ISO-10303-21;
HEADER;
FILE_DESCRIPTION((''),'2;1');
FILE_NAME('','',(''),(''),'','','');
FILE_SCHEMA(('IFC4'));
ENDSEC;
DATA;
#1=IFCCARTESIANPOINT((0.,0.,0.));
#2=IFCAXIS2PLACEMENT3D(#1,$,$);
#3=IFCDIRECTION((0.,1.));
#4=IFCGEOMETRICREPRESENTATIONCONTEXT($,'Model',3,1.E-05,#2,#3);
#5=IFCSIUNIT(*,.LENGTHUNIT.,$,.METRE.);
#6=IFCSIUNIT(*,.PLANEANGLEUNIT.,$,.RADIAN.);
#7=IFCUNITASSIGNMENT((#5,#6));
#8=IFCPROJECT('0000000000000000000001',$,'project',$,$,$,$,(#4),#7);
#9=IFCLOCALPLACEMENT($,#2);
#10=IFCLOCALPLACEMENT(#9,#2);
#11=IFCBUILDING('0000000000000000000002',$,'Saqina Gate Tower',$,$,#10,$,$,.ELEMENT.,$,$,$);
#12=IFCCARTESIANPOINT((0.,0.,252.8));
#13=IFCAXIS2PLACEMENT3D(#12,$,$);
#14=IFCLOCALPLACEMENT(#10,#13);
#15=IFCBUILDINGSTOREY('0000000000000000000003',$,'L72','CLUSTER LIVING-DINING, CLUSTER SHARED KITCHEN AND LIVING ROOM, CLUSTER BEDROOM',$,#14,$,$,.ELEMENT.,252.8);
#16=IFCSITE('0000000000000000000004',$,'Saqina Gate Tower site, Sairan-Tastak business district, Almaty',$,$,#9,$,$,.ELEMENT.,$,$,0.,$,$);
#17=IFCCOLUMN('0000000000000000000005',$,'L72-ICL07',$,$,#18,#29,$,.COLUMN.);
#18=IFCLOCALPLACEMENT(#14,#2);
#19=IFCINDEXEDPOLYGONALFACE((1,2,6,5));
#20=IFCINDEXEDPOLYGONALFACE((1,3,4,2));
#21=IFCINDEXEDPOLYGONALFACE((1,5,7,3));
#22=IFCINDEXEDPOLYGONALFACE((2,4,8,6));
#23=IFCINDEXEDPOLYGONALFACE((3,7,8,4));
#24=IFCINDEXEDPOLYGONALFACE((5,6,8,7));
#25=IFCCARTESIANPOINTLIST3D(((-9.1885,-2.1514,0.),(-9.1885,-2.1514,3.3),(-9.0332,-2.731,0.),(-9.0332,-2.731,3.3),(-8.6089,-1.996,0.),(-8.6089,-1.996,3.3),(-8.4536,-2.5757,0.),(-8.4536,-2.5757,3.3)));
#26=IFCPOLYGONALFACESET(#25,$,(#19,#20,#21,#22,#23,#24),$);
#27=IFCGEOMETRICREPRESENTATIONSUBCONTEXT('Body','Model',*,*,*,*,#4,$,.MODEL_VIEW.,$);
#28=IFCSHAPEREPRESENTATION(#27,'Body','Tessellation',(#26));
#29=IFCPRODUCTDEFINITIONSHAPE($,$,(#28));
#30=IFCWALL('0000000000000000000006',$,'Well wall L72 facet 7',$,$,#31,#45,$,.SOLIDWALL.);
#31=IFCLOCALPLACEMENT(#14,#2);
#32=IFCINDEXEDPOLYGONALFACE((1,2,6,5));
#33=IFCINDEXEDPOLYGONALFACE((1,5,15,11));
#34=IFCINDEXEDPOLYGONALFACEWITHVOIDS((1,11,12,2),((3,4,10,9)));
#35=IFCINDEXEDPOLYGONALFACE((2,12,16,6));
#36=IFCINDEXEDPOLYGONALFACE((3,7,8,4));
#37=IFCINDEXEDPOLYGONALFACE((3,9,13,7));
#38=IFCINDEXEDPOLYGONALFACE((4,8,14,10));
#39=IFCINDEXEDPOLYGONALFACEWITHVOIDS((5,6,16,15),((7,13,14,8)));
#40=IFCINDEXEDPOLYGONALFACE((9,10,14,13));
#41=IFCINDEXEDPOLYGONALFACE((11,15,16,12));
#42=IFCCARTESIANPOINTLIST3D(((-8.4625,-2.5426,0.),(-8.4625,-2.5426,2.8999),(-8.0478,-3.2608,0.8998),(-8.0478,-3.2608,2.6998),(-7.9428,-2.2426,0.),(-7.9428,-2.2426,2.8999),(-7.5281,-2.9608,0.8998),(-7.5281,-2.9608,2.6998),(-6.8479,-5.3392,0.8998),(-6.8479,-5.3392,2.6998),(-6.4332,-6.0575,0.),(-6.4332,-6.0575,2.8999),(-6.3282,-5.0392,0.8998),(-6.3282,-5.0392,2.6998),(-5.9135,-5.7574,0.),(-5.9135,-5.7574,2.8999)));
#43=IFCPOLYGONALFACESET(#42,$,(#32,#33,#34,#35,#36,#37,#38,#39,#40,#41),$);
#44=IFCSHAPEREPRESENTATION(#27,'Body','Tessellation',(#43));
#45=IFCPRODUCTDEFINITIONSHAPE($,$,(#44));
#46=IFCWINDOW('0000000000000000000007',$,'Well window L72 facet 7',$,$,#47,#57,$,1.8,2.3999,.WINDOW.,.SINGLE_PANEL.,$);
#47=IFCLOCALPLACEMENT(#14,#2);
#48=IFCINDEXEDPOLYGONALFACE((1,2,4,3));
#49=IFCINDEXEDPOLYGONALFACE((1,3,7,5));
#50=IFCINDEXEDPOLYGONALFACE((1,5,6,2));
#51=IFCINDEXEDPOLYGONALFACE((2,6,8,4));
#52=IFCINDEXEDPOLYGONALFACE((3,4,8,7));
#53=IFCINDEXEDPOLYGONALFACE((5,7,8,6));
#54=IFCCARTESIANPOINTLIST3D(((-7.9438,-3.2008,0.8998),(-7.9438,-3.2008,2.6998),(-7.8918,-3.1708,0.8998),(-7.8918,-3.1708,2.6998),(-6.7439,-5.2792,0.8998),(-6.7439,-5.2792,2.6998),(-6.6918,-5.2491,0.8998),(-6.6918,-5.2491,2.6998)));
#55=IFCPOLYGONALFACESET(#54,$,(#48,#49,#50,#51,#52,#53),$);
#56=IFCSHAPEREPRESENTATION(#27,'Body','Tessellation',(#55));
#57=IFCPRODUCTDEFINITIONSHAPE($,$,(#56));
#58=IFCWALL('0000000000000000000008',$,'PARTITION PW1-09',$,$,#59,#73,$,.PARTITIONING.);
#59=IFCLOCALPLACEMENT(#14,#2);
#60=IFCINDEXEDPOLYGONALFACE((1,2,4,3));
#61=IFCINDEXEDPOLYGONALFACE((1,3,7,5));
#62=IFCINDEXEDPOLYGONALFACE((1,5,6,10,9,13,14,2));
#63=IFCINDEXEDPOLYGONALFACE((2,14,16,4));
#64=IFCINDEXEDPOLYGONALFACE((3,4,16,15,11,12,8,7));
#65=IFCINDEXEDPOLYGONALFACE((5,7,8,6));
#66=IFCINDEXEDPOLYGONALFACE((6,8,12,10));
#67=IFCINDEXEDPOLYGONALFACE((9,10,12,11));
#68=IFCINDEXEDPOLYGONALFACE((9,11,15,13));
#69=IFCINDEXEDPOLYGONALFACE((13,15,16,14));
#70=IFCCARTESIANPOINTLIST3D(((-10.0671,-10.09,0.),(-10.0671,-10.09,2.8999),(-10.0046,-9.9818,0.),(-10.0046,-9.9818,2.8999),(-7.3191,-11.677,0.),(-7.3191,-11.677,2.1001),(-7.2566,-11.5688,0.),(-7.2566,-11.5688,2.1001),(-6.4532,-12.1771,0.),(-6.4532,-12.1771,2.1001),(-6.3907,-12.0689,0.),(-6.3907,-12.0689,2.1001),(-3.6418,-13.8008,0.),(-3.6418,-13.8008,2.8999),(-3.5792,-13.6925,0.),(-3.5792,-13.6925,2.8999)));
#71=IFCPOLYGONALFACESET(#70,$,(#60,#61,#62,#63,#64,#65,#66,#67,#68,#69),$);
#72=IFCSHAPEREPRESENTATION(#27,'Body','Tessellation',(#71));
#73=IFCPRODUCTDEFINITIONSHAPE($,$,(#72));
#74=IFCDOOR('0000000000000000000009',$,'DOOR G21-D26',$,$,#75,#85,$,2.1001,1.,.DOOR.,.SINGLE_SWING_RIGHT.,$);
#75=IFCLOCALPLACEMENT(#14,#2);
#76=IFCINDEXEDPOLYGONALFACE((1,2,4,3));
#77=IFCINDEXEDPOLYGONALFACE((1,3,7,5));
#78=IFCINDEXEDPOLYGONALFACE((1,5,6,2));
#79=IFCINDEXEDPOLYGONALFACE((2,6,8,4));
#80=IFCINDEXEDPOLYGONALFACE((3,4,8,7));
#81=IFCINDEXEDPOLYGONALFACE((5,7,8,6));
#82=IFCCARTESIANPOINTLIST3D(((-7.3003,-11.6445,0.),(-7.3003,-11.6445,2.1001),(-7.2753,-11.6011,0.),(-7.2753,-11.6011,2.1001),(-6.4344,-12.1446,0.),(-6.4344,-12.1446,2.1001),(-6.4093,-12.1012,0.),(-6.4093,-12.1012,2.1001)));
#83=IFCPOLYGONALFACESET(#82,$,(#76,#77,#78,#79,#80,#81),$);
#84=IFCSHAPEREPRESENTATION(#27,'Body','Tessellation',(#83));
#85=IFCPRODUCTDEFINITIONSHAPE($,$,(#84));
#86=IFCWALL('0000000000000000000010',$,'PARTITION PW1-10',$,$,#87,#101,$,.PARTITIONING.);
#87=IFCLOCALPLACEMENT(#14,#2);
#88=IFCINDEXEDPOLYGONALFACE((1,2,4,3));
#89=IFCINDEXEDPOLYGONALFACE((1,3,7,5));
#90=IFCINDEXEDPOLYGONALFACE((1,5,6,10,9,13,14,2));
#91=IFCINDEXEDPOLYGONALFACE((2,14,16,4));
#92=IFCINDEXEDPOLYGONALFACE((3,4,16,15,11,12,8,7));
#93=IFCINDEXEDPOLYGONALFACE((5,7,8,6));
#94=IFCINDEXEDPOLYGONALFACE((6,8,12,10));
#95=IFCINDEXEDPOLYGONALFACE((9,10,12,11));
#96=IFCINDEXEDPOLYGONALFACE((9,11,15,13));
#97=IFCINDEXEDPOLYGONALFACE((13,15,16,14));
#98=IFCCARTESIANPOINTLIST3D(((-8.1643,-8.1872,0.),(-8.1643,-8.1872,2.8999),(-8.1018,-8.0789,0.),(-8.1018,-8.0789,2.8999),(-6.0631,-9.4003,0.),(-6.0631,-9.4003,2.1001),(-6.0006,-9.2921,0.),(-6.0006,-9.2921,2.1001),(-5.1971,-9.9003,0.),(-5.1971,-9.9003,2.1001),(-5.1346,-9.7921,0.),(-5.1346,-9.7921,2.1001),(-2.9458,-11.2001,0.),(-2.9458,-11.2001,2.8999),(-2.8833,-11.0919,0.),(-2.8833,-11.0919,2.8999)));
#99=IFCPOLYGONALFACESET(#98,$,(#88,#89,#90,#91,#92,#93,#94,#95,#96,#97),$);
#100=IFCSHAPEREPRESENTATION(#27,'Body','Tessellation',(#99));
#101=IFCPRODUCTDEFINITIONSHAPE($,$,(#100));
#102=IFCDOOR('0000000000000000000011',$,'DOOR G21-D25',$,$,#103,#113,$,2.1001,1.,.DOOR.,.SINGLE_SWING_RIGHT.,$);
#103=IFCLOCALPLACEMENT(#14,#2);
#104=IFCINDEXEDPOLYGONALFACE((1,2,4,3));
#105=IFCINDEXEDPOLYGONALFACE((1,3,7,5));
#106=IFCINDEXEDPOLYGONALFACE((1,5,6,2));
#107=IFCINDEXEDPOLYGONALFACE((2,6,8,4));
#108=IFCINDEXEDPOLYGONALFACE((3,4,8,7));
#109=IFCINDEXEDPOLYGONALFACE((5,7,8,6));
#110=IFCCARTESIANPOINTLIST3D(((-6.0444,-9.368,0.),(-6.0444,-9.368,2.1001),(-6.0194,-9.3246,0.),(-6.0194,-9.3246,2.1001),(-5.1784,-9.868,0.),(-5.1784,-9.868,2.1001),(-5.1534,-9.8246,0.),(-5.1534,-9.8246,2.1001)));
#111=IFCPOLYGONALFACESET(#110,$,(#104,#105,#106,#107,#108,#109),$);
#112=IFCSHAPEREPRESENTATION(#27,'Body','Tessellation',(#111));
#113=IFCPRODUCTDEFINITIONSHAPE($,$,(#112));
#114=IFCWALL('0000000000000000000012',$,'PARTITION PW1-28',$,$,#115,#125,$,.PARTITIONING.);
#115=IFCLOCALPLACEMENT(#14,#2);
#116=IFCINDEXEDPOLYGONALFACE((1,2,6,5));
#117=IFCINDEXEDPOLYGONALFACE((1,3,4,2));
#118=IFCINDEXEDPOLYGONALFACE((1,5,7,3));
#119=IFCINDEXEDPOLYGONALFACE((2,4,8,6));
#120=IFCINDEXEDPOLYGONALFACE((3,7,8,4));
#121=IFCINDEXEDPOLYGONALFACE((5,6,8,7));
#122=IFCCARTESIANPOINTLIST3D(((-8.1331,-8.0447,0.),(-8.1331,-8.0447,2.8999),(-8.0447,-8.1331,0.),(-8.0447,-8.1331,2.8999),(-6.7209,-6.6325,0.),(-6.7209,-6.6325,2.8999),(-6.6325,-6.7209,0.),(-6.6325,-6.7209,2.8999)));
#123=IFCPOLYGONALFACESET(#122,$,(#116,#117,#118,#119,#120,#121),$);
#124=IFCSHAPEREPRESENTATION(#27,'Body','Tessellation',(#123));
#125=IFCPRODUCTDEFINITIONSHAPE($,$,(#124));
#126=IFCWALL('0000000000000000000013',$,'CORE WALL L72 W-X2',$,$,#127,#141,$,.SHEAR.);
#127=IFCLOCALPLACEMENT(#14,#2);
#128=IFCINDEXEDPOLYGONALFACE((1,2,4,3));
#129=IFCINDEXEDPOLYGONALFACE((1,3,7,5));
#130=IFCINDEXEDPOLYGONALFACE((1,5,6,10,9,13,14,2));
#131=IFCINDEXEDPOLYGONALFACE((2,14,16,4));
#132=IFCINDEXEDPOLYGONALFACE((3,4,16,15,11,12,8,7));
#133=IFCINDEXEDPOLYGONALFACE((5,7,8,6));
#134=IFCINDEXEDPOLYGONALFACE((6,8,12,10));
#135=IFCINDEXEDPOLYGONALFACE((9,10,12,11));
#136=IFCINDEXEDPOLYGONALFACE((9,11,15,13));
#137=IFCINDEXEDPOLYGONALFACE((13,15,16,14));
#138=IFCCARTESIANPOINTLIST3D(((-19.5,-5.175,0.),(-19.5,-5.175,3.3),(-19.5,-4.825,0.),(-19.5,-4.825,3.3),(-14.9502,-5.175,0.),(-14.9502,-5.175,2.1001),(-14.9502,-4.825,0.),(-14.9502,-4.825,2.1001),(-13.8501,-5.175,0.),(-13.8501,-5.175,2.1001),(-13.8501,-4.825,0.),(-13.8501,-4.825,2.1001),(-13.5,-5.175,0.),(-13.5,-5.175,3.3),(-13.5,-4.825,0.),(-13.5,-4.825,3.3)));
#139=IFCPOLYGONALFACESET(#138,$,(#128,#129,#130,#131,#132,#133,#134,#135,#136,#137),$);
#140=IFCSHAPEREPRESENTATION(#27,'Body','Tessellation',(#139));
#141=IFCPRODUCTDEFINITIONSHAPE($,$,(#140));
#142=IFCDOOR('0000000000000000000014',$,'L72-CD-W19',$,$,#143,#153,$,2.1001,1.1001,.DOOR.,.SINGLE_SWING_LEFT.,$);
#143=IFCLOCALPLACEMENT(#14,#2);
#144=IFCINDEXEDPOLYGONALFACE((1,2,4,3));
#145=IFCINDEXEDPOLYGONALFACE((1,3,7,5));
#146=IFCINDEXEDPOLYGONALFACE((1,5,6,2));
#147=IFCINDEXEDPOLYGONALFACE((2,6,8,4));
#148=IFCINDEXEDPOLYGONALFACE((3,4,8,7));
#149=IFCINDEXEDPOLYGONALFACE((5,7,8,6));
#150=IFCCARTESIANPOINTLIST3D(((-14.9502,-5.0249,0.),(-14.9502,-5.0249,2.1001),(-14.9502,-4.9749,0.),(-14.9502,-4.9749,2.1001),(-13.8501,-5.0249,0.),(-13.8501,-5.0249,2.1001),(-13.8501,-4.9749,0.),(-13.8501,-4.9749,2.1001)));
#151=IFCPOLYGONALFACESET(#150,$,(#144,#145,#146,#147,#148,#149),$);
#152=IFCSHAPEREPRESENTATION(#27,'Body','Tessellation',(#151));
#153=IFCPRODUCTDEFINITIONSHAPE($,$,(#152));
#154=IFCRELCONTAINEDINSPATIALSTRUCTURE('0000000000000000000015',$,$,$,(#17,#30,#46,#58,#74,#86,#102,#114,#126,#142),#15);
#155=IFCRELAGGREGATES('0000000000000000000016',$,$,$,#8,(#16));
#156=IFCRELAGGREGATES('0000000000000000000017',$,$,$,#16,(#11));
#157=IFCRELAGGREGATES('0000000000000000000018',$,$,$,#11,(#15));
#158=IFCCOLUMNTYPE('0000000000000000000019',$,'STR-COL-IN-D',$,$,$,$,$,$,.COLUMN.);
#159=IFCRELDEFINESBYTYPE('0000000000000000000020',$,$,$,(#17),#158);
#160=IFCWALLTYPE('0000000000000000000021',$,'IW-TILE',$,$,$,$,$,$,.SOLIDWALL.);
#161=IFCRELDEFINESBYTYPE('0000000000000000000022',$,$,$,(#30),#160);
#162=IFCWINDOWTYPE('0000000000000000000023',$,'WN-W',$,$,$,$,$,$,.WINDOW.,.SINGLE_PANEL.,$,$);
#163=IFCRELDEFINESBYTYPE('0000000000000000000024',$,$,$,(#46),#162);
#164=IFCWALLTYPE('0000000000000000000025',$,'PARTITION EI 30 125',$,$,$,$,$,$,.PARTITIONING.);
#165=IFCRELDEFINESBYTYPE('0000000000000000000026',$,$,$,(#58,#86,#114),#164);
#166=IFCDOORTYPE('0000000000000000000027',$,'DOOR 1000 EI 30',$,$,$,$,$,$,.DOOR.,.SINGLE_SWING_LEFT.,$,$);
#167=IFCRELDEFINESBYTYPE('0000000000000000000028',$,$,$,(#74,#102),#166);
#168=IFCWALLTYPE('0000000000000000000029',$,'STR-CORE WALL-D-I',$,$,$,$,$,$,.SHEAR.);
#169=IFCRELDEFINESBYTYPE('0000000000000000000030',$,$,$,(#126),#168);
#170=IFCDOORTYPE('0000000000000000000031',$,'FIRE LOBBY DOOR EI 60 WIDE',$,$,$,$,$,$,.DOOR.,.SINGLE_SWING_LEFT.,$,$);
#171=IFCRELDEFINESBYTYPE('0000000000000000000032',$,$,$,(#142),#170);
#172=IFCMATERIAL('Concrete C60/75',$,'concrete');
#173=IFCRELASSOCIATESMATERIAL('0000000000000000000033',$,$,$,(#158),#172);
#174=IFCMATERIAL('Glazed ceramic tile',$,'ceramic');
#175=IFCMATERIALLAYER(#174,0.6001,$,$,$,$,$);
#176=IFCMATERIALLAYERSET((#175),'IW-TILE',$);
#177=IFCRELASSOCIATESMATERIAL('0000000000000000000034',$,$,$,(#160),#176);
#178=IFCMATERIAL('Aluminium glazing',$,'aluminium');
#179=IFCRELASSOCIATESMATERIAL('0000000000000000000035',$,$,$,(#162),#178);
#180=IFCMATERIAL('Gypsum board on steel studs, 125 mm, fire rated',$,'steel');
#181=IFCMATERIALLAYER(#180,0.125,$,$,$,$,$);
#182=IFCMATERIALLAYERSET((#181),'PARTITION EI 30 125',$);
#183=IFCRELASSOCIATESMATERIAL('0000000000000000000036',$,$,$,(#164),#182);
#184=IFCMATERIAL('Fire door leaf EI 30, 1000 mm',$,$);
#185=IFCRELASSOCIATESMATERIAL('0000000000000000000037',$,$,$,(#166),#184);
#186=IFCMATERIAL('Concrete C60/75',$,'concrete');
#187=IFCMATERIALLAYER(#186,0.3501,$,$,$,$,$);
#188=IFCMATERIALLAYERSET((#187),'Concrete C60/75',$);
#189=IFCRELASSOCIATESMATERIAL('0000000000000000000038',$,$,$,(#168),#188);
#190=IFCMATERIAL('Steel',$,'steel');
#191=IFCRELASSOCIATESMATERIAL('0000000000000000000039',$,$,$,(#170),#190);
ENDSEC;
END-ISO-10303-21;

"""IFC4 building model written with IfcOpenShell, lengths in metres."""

from ifc_helpers import new_model, si_unit, direction, frame, frame_2d, origin, origin_2d, place, context, subcontext, project, spatial, rectangle, extrude, material, layer, layer_set, material_profile, profile_set, type_object, element, fill, save


model = new_model("IFC4")

# Units and contexts
model_context = context("Model", 3, precision=1e-05, world=origin(), true_north=direction((0.0, 1.0)))
body_context = subcontext(model_context, "Body", "Model", "MODEL_VIEW")
ifc_project = project(units=[si_unit("LENGTHUNIT", "METRE"), si_unit("PLANEANGLEUNIT", "RADIAN")], contexts=[model_context])

# Site, building, storey
site_placement = place(None, origin())
site = spatial("IfcSite", under=ifc_project, at=site_placement, Name="Saqina Gate Tower site, Sairan-Tastak business district, Almaty", CompositionType="ELEMENT", RefElevation=0.0)
building_placement = place(site_placement, origin())
building = spatial("IfcBuilding", under=site, at=building_placement, Name="Saqina Gate Tower", CompositionType="ELEMENT")
storey_placement = place(building_placement, frame((0.0, 0.0, 252.8)))
storey = spatial("IfcBuildingStorey", under=building, at=storey_placement, Name="L72", Description="CLUSTER LIVING-DINING, CLUSTER SHARED KITCHEN AND LIVING ROOM, CLUSTER BEDROOM", CompositionType="ELEMENT", Elevation=252.8)

# Column
ifc_material_1 = material(Name="Concrete C60/75", Category="concrete")
ifc_material_profile = material_profile(ifc_material_1, rectangle(XDim=0.6001, YDim=0.6001, at=origin_2d()), Name="RC 600x600")
ifc_profile_set = profile_set([ifc_material_profile], Name="Concrete C60/75")
column_type = type_object("IfcColumnType", Name="STR-COL-IN-D", PredefinedType="COLUMN", material=ifc_profile_set)
column_placement = place(storey_placement, frame((-8.821, -2.3635, 0.0), z_axis=(0.0, 0.0, 1.0), x_axis=(-0.965926, -0.258819, 0.0)))
element("IfcColumn", 1, at=column_placement, inside=storey, type_object=column_type, Name="L72-ICL07", PredefinedType="COLUMN", context=body_context, shape_type="SweptSolid", body=[
    extrude(rectangle(XDim=0.6001, YDim=0.6001, at=origin_2d()), origin(), (0.0, 0.0, 1.0), 3.3),
])

# Wall, opening, window
ifc_material_2 = material(Name="Glazed ceramic tile", Category="ceramic")
ifc_layer_1 = layer(ifc_material_2, 0.6001)
ifc_layer_set_1 = layer_set([ifc_layer_1], Name="IW-TILE")
wall_type_1 = type_object("IfcWallType", Name="IW-TILE", PredefinedType="SOLIDWALL", material=ifc_layer_set_1)
wall_1_placement = place(storey_placement, frame((-8.2026, -2.3926, 0.0), z_axis=(0.0, 0.0, 1.0), x_axis=(0.499995, -0.866028, 0.0)))
wall_1 = element("IfcWall", 2, at=wall_1_placement, inside=storey, type_object=wall_type_1, Name="Well wall L72 facet 7", PredefinedType="SOLIDWALL", context=body_context, shape_type="SweptSolid", body=[
    extrude(rectangle(XDim=4.0586, YDim=0.6001, at=frame_2d((2.0293, 0.0))), origin(), (0.0, 0.0, 1.0), 2.8999),
])
opening_1_placement = place(wall_1_placement, frame((0.8293, 0.0, 0.8999)))
opening_1 = element("IfcOpeningElement", 3, at=opening_1_placement, cuts=wall_1, PredefinedType="OPENING", context=body_context, shape_type="SweptSolid", body=[
    extrude(rectangle(XDim=2.3999, YDim=1.8, at=frame_2d((1.2, 0.8999))), frame((0.0, 0.312, 0.0), z_axis=(0.0, -1.0, 0.0), x_axis=(1.0, 0.0, 0.0)), (0.0, 0.0, 1.0), 0.624),
])
ifc_material_3 = material(Name="Aluminium glazing", Category="aluminium")
window_type = type_object("IfcWindowType", Name="WN-W", PartitioningType="SINGLE_PANEL", PredefinedType="WINDOW", material=ifc_material_3)
window_placement = place(opening_1_placement, origin())
window = element("IfcWindow", 4, at=window_placement, inside=storey, type_object=window_type, Name="Well window L72 facet 7", OverallHeight=1.8, OverallWidth=2.3999, PartitioningType="SINGLE_PANEL", PredefinedType="WINDOW", context=body_context, shape_type="SweptSolid", body=[
    extrude(rectangle(XDim=2.3999, YDim=1.8, at=frame_2d((1.2, 0.8999))), frame((0.0, -0.1199, 0.0), z_axis=(0.0, -1.0, 0.0), x_axis=(1.0, 0.0, 0.0)), (0.0, 0.0, 1.0), 0.0601),
])
fill(opening_1, window)

# Walls, openings, doors
ifc_material_4 = material(Name="Gypsum board on steel studs, 125 mm, fire rated", Category="steel")
ifc_layer_2 = layer(ifc_material_4, 0.125)
ifc_layer_set_2 = layer_set([ifc_layer_2], Name="PARTITION EI 30 125")
wall_type_2 = type_object("IfcWallType", Name="PARTITION EI 30 125", PredefinedType="PARTITIONING", material=ifc_layer_set_2)
wall_2_placement = place(storey_placement, frame((-10.0359, -10.0359, 0.0), z_axis=(0.0, 0.0, 1.0), x_axis=(0.865964, -0.500106, 0.0)))
wall_2 = element("IfcWall", 5, at=wall_2_placement, inside=storey, type_object=wall_type_2, Name="PARTITION PW1-09", PredefinedType="PARTITIONING", context=body_context, shape_type="SweptSolid", body=[
    extrude(rectangle(XDim=7.4199, YDim=0.125, at=frame_2d((3.71, 0.0))), origin(), (0.0, 0.0, 1.0), 2.8999),
])
opening_2_placement = place(wall_2_placement, frame((3.1733, 0.0, 0.0)))
opening_2 = element("IfcOpeningElement", 6, at=opening_2_placement, cuts=wall_2, PredefinedType="OPENING", context=body_context, shape_type="SweptSolid", body=[
    extrude(rectangle(XDim=1.0, YDim=2.1001, at=frame_2d((0.5, 1.05))), frame((0.0, 0.0745, 0.0), z_axis=(0.0, -1.0, 0.0), x_axis=(1.0, 0.0, 0.0)), (0.0, 0.0, 1.0), 0.1489),
])
ifc_material_5 = material(Name="Fire door leaf EI 30, 1000 mm")
door_type_1 = type_object("IfcDoorType", Name="DOOR 1000 EI 30", OperationType="SINGLE_SWING_LEFT", PredefinedType="DOOR", material=ifc_material_5)
door_1_placement = place(opening_2_placement, frame((1.0, 0.0, 0.0), z_axis=(0.0, 0.0, 1.0), x_axis=(-1.0, 0.0, 0.0)))
door_1 = element("IfcDoor", 7, at=door_1_placement, inside=storey, type_object=door_type_1, Name="DOOR G21-D26", OperationType="SINGLE_SWING_RIGHT", OverallHeight=2.1001, OverallWidth=1.0, PredefinedType="DOOR", context=body_context, shape_type="SweptSolid", body=[
    extrude(rectangle(XDim=1.0, YDim=2.1001, at=frame_2d((0.5, 1.05))), frame((0.0, 0.0249, 0.0), z_axis=(0.0, -1.0, 0.0), x_axis=(1.0, 0.0, 0.0)), (0.0, 0.0, 1.0), 0.05),
])
fill(opening_2, door_1)
wall_3_placement = place(storey_placement, frame((-8.1331, -8.1331, 0.0), z_axis=(0.0, 0.0, 1.0), x_axis=(0.866023, -0.500004, 0.0)))
wall_3 = element("IfcWall", 8, at=wall_3_placement, inside=storey, type_object=wall_type_2, Name="PARTITION PW1-10", PredefinedType="PARTITIONING", context=body_context, shape_type="SweptSolid", body=[
    extrude(rectangle(XDim=6.0259, YDim=0.125, at=frame_2d((3.0129, 0.0))), origin(), (0.0, 0.0, 1.0), 2.8999),
])
opening_3_placement = place(wall_3_placement, frame((2.4263, 0.0, 0.0)))
opening_3 = element("IfcOpeningElement", 9, at=opening_3_placement, cuts=wall_3, PredefinedType="OPENING", context=body_context, shape_type="SweptSolid", body=[
    extrude(rectangle(XDim=1.0, YDim=2.1001, at=frame_2d((0.5, 1.05))), frame((0.0, 0.0745, 0.0), z_axis=(0.0, -1.0, 0.0), x_axis=(1.0, 0.0, 0.0)), (0.0, 0.0, 1.0), 0.1489),
])
door_2_placement = place(opening_3_placement, origin())
door_2 = element("IfcDoor", 10, at=door_2_placement, inside=storey, type_object=door_type_1, Name="DOOR G21-D25", OperationType="SINGLE_SWING_RIGHT", OverallHeight=2.1001, OverallWidth=1.0, PredefinedType="DOOR", context=body_context, shape_type="SweptSolid", body=[
    extrude(rectangle(XDim=1.0, YDim=2.1001, at=frame_2d((0.5, 1.05))), frame((0.0, 0.0249, 0.0), z_axis=(0.0, -1.0, 0.0), x_axis=(1.0, 0.0, 0.0)), (0.0, 0.0, 1.0), 0.05),
])
fill(opening_3, door_2)

# Wall
wall_4_placement = place(storey_placement, frame((-8.0889, -8.0889, 0.0), z_axis=(0.0, 0.0, 1.0), x_axis=(0.707107, 0.707107, 0.0)))
element("IfcWall", 11, at=wall_4_placement, inside=storey, type_object=wall_type_2, Name="PARTITION PW1-28", PredefinedType="PARTITIONING", context=body_context, shape_type="SweptSolid", body=[
    extrude(rectangle(XDim=1.9971, YDim=0.125, at=frame_2d((0.9985, 0.0))), origin(), (0.0, 0.0, 1.0), 2.8999),
])

# Wall, opening, door
ifc_material_6 = material(Name="Concrete C60/75", Category="concrete")
ifc_layer_3 = layer(ifc_material_6, 0.3501)
ifc_layer_set_3 = layer_set([ifc_layer_3], Name="Concrete C60/75")
wall_type_3 = type_object("IfcWallType", Name="STR-CORE WALL-D-I", PredefinedType="SHEAR", material=ifc_layer_set_3)
wall_5_placement = place(storey_placement, frame((-13.5, -5.0, 0.0), z_axis=(0.0, 0.0, 1.0), x_axis=(-1.0, 0.0, 0.0)))
wall_5 = element("IfcWall", 12, at=wall_5_placement, inside=storey, type_object=wall_type_3, Name="CORE WALL L72 W-X2", PredefinedType="SHEAR", context=body_context, shape_type="SweptSolid", body=[
    extrude(rectangle(XDim=6.0, YDim=0.3501, at=frame_2d((3.0, 0.0))), origin(), (0.0, 0.0, 1.0), 3.3),
])
opening_4_placement = place(wall_5_placement, frame((0.3501, 0.0, 0.0)))
opening_4 = element("IfcOpeningElement", 13, at=opening_4_placement, cuts=wall_5, PredefinedType="OPENING", context=body_context, shape_type="SweptSolid", body=[
    extrude(rectangle(XDim=1.1001, YDim=2.1001, at=frame_2d((0.55, 1.05))), frame((0.0, 0.187, 0.0), z_axis=(0.0, -1.0, 0.0), x_axis=(1.0, 0.0, 0.0)), (0.0, 0.0, 1.0), 0.374),
])
ifc_material_7 = material(Name="Steel", Category="steel")
door_type_2 = type_object("IfcDoorType", Name="FIRE LOBBY DOOR EI 60 WIDE", OperationType="SINGLE_SWING_LEFT", PredefinedType="DOOR", material=ifc_material_7)
door_3_placement = place(opening_4_placement, origin())
door_3 = element("IfcDoor", 14, at=door_3_placement, inside=storey, type_object=door_type_2, Name="L72-CD-W19", OperationType="SINGLE_SWING_LEFT", OverallHeight=2.1001, OverallWidth=1.1001, PredefinedType="DOOR", context=body_context, shape_type="SweptSolid", body=[
    extrude(rectangle(XDim=1.1001, YDim=2.1001, at=frame_2d((0.55, 1.05))), frame((0.0, 0.0249, 0.0), z_axis=(0.0, -1.0, 0.0), x_axis=(1.0, 0.0, 0.0)), (0.0, 0.0, 1.0), 0.05),
])
fill(opening_4, door_3)

save(model, "model.ifc")
